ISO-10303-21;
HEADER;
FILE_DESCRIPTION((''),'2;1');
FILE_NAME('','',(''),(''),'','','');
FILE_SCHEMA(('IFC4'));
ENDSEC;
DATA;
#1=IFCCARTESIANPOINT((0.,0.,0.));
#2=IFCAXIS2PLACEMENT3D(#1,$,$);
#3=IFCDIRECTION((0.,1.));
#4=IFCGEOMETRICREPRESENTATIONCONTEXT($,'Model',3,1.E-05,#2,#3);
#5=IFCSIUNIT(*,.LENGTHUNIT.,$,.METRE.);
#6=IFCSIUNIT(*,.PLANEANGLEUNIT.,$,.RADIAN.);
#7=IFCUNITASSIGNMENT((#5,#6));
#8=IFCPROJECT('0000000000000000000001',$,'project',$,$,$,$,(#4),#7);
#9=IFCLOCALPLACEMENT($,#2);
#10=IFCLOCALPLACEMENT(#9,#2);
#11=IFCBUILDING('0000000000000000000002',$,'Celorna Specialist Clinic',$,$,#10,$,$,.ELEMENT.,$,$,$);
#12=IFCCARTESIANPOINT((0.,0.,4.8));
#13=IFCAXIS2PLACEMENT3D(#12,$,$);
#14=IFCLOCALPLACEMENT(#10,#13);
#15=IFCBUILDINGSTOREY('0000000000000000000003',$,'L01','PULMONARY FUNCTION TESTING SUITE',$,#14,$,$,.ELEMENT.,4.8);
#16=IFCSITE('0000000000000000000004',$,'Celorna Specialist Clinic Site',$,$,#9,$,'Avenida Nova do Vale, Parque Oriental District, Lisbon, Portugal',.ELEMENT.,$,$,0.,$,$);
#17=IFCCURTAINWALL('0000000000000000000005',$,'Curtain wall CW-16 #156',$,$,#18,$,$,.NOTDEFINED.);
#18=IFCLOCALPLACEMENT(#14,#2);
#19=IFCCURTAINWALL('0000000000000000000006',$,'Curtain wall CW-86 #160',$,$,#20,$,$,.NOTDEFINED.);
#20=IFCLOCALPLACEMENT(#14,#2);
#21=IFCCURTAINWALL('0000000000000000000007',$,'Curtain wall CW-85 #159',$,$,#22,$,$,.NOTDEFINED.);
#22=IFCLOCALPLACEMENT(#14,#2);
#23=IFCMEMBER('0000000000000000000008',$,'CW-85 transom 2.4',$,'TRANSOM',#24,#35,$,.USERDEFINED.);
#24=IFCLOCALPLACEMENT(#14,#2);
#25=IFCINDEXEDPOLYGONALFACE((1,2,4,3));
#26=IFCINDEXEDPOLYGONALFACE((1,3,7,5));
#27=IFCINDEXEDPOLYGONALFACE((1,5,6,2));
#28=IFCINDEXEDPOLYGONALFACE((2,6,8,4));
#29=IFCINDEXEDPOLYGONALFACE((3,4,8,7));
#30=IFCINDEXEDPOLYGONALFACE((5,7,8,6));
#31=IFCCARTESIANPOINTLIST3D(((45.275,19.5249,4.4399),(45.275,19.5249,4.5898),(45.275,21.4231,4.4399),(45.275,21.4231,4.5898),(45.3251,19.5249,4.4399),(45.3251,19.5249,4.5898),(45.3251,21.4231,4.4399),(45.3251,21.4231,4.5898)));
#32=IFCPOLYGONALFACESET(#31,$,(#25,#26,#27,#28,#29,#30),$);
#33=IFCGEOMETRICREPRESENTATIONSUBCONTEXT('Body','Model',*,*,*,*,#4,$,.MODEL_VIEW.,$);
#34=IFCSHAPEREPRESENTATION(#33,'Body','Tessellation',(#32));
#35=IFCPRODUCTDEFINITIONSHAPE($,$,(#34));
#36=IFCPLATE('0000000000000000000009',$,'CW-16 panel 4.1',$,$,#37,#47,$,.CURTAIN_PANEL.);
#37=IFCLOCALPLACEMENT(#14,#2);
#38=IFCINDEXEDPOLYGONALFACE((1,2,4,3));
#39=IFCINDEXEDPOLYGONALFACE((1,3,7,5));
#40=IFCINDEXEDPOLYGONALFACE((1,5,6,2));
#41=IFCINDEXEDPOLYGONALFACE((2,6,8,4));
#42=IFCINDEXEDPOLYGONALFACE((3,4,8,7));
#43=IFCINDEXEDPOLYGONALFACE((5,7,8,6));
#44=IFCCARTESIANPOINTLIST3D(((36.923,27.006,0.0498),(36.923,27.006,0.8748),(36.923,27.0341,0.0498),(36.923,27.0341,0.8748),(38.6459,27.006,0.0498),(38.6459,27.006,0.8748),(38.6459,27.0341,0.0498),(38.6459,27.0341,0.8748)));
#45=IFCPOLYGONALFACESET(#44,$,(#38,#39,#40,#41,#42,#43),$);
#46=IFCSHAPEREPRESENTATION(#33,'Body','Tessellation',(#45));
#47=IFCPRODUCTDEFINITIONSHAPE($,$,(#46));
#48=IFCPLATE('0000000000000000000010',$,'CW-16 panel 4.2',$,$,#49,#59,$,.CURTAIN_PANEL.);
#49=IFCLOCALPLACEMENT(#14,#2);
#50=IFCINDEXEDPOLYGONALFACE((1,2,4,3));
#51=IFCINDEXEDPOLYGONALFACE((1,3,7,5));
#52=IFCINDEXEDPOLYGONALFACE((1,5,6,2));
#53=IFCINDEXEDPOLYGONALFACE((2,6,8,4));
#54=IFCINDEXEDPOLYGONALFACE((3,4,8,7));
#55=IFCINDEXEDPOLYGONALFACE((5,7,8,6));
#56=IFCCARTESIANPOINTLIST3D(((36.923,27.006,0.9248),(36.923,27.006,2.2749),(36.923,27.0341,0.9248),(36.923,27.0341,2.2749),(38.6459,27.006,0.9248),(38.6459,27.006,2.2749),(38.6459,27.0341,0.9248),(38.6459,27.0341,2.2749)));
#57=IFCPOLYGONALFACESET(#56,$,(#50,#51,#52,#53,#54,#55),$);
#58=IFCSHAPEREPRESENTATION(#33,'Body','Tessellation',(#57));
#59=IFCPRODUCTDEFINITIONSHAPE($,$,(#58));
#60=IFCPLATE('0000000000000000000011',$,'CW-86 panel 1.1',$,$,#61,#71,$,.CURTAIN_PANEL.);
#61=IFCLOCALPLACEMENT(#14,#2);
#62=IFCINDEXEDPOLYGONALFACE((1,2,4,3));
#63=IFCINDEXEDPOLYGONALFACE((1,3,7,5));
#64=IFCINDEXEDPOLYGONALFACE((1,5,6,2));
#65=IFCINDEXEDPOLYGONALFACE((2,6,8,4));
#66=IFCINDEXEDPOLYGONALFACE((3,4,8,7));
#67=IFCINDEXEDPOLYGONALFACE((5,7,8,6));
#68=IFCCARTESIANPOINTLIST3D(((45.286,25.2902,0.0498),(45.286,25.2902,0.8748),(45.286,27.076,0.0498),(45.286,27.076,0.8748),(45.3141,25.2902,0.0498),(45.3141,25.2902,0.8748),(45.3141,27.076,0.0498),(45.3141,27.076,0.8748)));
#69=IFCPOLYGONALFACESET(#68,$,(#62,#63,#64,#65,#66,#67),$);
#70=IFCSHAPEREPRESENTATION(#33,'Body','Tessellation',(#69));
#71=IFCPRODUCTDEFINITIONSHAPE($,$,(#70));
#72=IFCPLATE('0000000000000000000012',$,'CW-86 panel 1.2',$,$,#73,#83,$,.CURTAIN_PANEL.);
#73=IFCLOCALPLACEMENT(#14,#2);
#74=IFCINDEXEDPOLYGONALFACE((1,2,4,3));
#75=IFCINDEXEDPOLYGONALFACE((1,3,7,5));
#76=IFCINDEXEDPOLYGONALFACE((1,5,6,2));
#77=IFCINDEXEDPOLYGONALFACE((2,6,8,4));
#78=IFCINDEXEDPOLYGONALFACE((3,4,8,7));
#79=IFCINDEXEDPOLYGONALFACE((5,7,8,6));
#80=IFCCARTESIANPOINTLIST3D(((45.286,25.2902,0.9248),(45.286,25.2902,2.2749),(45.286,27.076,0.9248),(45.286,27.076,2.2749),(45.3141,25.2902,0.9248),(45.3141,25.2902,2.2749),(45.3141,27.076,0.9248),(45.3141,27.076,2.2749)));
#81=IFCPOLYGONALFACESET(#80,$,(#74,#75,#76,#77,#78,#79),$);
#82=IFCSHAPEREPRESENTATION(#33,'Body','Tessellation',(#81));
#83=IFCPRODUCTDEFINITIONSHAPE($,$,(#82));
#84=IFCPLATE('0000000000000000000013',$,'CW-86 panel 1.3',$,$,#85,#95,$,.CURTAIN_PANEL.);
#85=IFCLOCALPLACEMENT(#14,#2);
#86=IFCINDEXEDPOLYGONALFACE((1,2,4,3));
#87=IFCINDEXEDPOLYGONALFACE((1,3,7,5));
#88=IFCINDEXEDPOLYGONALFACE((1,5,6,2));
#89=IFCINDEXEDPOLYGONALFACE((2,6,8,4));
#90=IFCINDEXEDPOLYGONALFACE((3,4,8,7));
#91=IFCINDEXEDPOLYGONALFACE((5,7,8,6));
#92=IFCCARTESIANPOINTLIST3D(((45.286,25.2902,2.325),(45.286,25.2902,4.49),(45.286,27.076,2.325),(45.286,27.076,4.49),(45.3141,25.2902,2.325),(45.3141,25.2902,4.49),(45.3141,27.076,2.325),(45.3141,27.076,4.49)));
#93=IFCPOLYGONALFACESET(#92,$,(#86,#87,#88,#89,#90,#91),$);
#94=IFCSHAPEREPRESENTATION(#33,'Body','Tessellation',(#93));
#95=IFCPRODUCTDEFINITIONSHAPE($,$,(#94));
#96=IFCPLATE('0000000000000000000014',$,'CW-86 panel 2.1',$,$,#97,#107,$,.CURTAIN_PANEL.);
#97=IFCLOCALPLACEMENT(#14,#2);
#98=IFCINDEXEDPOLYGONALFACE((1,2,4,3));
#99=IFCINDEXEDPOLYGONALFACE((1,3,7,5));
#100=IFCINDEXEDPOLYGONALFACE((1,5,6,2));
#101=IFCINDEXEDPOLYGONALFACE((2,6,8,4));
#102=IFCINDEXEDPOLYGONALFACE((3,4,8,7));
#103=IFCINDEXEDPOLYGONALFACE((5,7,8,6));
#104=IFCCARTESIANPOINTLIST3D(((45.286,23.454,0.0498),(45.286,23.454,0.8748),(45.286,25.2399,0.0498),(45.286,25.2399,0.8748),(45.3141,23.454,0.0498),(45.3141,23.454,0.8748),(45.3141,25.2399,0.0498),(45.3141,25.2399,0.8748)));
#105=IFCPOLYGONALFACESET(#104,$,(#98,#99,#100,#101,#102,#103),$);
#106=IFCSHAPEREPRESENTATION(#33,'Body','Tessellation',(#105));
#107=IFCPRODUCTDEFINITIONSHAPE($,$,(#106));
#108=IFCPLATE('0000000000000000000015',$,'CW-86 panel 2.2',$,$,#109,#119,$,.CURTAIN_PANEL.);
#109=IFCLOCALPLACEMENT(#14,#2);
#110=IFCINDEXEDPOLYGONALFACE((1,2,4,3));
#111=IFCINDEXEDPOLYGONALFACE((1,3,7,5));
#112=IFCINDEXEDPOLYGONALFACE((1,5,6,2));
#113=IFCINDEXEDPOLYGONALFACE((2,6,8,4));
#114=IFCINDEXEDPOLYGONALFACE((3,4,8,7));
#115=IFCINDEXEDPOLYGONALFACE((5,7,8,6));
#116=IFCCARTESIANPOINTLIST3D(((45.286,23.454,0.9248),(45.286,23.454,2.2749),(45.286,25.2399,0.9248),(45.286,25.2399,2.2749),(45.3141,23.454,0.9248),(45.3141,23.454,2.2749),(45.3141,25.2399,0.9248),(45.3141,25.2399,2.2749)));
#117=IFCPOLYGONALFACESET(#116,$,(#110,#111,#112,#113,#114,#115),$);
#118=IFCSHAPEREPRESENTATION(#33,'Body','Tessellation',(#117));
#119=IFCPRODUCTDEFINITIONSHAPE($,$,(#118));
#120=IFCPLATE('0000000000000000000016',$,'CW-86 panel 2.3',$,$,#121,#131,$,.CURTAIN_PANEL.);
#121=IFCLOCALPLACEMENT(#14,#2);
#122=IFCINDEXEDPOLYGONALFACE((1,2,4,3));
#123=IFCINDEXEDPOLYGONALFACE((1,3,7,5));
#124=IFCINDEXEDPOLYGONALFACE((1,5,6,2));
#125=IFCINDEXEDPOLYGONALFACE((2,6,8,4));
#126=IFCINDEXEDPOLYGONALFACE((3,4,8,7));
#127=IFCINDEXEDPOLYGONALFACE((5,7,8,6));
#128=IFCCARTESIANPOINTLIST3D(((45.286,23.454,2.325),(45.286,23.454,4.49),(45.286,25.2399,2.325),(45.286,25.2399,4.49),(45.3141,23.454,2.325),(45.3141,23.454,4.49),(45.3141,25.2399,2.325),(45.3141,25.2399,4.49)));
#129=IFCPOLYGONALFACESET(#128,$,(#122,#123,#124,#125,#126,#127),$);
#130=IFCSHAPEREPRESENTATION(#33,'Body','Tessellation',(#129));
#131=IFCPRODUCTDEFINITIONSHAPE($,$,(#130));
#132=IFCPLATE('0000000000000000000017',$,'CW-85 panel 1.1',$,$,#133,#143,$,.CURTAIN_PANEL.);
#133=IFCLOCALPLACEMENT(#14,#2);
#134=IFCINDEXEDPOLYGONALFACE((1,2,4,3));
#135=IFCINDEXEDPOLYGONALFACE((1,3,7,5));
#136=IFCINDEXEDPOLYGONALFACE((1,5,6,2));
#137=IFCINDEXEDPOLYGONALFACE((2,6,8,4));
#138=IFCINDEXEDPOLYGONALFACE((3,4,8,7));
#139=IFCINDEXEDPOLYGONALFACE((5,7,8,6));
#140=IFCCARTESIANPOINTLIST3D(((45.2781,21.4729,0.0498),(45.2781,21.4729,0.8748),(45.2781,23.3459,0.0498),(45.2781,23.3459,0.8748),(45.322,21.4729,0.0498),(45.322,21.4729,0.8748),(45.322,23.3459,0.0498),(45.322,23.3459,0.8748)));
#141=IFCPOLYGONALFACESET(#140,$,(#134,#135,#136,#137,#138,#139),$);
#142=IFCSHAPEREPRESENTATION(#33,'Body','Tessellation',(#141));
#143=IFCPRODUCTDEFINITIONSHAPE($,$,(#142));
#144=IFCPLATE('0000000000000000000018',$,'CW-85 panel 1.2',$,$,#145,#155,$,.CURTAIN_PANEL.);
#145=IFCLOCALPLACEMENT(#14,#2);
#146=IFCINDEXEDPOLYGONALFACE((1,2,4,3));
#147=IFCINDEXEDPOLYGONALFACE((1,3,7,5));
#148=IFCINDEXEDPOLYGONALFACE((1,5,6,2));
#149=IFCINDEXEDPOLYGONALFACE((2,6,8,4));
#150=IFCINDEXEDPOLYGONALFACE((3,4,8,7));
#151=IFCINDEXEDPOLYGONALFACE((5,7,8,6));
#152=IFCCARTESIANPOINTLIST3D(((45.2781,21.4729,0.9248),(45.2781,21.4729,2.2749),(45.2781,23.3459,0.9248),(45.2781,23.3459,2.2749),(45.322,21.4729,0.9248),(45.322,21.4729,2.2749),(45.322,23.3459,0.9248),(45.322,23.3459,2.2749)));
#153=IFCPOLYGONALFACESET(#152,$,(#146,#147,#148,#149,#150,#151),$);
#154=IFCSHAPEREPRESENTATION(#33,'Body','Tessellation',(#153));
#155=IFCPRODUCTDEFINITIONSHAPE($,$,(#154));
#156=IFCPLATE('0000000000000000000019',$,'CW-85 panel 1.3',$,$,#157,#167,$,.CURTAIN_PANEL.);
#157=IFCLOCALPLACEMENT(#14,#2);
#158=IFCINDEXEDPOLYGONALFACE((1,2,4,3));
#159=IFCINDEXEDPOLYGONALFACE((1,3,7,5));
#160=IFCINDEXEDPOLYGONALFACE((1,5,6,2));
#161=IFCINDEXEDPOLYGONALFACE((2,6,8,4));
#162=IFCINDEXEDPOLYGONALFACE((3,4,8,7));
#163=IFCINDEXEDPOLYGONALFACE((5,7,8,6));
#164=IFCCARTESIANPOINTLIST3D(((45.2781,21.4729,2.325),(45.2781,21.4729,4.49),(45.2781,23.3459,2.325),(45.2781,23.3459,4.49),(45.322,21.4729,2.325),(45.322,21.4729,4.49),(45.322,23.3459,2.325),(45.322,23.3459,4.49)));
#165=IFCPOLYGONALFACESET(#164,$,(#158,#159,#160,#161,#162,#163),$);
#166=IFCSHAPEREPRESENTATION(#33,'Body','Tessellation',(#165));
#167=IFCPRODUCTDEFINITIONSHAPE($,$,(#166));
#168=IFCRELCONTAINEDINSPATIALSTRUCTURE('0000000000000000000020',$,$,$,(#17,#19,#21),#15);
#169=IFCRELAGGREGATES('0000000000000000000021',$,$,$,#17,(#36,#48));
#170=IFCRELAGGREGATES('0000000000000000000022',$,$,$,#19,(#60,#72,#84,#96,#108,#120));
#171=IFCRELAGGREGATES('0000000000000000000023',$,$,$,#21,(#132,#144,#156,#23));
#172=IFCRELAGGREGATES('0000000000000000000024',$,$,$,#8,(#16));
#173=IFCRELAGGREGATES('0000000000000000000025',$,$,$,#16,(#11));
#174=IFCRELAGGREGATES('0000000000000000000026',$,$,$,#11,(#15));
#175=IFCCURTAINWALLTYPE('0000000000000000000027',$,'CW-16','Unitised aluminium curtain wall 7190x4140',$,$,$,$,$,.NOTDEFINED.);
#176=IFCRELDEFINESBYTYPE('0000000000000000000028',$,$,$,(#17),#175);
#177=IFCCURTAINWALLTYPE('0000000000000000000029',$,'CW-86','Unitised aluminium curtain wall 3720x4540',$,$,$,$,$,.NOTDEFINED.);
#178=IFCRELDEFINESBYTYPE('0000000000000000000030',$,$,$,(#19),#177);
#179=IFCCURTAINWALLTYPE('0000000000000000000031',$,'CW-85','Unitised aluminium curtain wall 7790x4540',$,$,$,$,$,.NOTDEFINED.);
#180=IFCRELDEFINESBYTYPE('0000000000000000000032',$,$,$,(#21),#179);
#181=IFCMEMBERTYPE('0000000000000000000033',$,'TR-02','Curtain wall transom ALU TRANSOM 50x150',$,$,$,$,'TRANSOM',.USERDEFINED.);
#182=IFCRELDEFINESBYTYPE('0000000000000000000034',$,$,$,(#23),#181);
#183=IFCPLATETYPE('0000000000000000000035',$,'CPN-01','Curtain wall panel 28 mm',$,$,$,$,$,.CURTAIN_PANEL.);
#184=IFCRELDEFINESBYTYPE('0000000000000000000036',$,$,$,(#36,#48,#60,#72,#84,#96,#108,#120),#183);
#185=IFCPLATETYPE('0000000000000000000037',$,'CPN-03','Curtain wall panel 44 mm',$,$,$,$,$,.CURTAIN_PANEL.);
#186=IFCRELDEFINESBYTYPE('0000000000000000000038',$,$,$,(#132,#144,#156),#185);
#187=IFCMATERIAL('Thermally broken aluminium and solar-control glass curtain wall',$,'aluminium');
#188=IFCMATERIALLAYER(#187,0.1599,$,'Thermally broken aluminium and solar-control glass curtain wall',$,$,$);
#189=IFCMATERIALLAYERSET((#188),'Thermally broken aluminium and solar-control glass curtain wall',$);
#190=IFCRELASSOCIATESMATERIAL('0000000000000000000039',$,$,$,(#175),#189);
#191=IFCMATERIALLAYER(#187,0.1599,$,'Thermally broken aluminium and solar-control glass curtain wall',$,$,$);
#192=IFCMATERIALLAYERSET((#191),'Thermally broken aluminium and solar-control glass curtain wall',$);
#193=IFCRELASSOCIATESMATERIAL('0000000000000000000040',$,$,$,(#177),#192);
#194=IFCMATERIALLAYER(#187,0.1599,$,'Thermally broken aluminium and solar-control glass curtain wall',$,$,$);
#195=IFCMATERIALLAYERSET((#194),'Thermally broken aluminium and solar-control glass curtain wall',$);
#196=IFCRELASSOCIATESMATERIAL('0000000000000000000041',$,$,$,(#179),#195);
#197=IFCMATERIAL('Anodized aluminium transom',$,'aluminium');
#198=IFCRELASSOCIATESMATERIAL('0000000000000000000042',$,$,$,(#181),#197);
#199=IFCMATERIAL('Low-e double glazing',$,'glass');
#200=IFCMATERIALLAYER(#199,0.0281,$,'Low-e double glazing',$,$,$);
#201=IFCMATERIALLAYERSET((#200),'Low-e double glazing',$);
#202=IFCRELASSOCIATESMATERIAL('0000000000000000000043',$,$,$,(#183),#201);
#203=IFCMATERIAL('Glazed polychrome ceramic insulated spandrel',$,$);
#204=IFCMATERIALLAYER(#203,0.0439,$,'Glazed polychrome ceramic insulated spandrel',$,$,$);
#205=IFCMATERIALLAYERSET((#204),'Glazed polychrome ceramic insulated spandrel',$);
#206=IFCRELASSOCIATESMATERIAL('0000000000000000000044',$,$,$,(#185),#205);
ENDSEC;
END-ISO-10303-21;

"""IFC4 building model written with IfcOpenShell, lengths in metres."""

from ifc_helpers import new_model, si_unit, direction, frame, origin, origin_2d, place, context, subcontext, project, spatial, rectangle, extrude, material, layer, layer_set, material_profile, profile_set, type_object, element, aggregate, save


model = new_model("IFC4")

# Units and contexts
model_context = context("Model", 3, precision=1e-05, world=origin(), true_north=direction((0.0, 1.0)))
body_context = subcontext(model_context, "Body", "Model", "MODEL_VIEW")
ifc_project = project(units=[si_unit("LENGTHUNIT", "METRE"), si_unit("PLANEANGLEUNIT", "RADIAN")], contexts=[model_context])

# Site, building, storey
site_placement = place(None, origin())
site = spatial("IfcSite", under=ifc_project, at=site_placement, Name="Celorna Specialist Clinic Site", LongName="Avenida Nova do Vale, Parque Oriental District, Lisbon, Portugal", CompositionType="ELEMENT", RefElevation=0.0)
building_placement = place(site_placement, origin())
building = spatial("IfcBuilding", under=site, at=building_placement, Name="Celorna Specialist Clinic", CompositionType="ELEMENT")
storey_placement = place(building_placement, frame((0.0, 0.0, 4.8)))
storey = spatial("IfcBuildingStorey", under=building, at=storey_placement, Name="L01", Description="PULMONARY FUNCTION TESTING SUITE", CompositionType="ELEMENT", Elevation=4.8)

# Curtain wall
ifc_material_1 = material(Name="Thermally broken aluminium and solar-control glass curtain wall", Category="aluminium")
ifc_layer_1 = layer(ifc_material_1, 0.1599, Name="Thermally broken aluminium and solar-control glass curtain wall")
ifc_layer_set_1 = layer_set([ifc_layer_1], Name="Thermally broken aluminium and solar-control glass curtain wall")
curtain_wall_type_1 = type_object("IfcCurtainWallType", Name="CW-16", Description="Unitised aluminium curtain wall 7190x4140", PredefinedType="NOTDEFINED", material=ifc_layer_set_1)
curtain_wall_1_placement = place(storey_placement, origin())
curtain_wall_1 = element("IfcCurtainWall", 1, at=curtain_wall_1_placement, inside=storey, type_object=curtain_wall_type_1, Name="Curtain wall CW-16 #156", PredefinedType="NOTDEFINED")

# Curtain walls
ifc_layer_2 = layer(ifc_material_1, 0.1599, Name="Thermally broken aluminium and solar-control glass curtain wall")
ifc_layer_set_2 = layer_set([ifc_layer_2], Name="Thermally broken aluminium and solar-control glass curtain wall")
curtain_wall_type_2 = type_object("IfcCurtainWallType", Name="CW-86", Description="Unitised aluminium curtain wall 3720x4540", PredefinedType="NOTDEFINED", material=ifc_layer_set_2)
curtain_wall_2_placement = place(storey_placement, origin())
curtain_wall_2 = element("IfcCurtainWall", 2, at=curtain_wall_2_placement, inside=storey, type_object=curtain_wall_type_2, Name="Curtain wall CW-86 #160", PredefinedType="NOTDEFINED")
ifc_layer_3 = layer(ifc_material_1, 0.1599, Name="Thermally broken aluminium and solar-control glass curtain wall")
ifc_layer_set_3 = layer_set([ifc_layer_3], Name="Thermally broken aluminium and solar-control glass curtain wall")
curtain_wall_type_3 = type_object("IfcCurtainWallType", Name="CW-85", Description="Unitised aluminium curtain wall 7790x4540", PredefinedType="NOTDEFINED", material=ifc_layer_set_3)
curtain_wall_3_placement = place(storey_placement, origin())
curtain_wall_3 = element("IfcCurtainWall", 3, at=curtain_wall_3_placement, inside=storey, type_object=curtain_wall_type_3, Name="Curtain wall CW-85 #159", PredefinedType="NOTDEFINED")

# Member
ifc_material_2 = material(Name="Anodized aluminium transom", Category="aluminium")
ifc_material_profile_1 = material_profile(ifc_material_2, rectangle(XDim=0.05, YDim=0.1499, at=origin_2d()), Name="ALU TRANSOM 50x150")
ifc_profile_set_1 = profile_set([ifc_material_profile_1], Name="Anodized aluminium transom")
member_type_1 = type_object("IfcMemberType", Name="TR-02", Description="Curtain wall transom ALU TRANSOM 50x150", ElementType="TRANSOM", PredefinedType="USERDEFINED", material=ifc_profile_set_1)
member_1_placement = place(storey_placement, frame((45.3, 21.4231, 4.5149), z_axis=(0.0, -1.0, 0.0), x_axis=(1.0, 0.0, 0.0)))
member_1 = element("IfcMember", 4, at=member_1_placement, type_object=member_type_1, Name="CW-85 transom 2.4", ObjectType="TRANSOM", PredefinedType="USERDEFINED", context=body_context, shape_type="SweptSolid", body=[
    extrude(rectangle(XDim=0.05, YDim=0.1499, at=origin_2d()), origin(), (0.0, 0.0, 1.0), 1.8982),
])

# Plates
ifc_material_3 = material(Name="Low-e double glazing", Category="glass")
ifc_layer_4 = layer(ifc_material_3, 0.0281, Name="Low-e double glazing")
ifc_layer_set_4 = layer_set([ifc_layer_4], Name="Low-e double glazing")
plate_type_1 = type_object("IfcPlateType", Name="CPN-01", Description="Curtain wall panel 28 mm", PredefinedType="CURTAIN_PANEL", material=ifc_layer_set_4)
plate_1_placement = place(storey_placement, frame((37.7844, 27.02, 0.0498), z_axis=(0.0, 0.0, 1.0), x_axis=(1.0, 0.0, 0.0)))
plate_1 = element("IfcPlate", 5, at=plate_1_placement, type_object=plate_type_1, Name="CW-16 panel 4.1", PredefinedType="CURTAIN_PANEL", context=body_context, shape_type="SweptSolid", body=[
    extrude(rectangle(XDim=1.7229, YDim=0.0281, at=origin_2d()), origin(), (0.0, 0.0, 1.0), 0.825),
])
plate_2_placement = place(storey_placement, frame((37.7844, 27.02, 0.9248), z_axis=(0.0, 0.0, 1.0), x_axis=(1.0, 0.0, 0.0)))
plate_2 = element("IfcPlate", 6, at=plate_2_placement, type_object=plate_type_1, Name="CW-16 panel 4.2", PredefinedType="CURTAIN_PANEL", context=body_context, shape_type="SweptSolid", body=[
    extrude(rectangle(XDim=1.7229, YDim=0.0281, at=origin_2d()), origin(), (0.0, 0.0, 1.0), 1.3501),
])
aggregate(curtain_wall_1, [plate_1, plate_2])
plate_3_placement = place(storey_placement, frame((45.3, 26.1831, 0.0498), z_axis=(0.0, 0.0, 1.0), x_axis=(0.0, -1.0, 0.0)))
plate_3 = element("IfcPlate", 7, at=plate_3_placement, type_object=plate_type_1, Name="CW-86 panel 1.1", PredefinedType="CURTAIN_PANEL", context=body_context, shape_type="SweptSolid", body=[
    extrude(rectangle(XDim=1.7859, YDim=0.0281, at=origin_2d()), origin(), (0.0, 0.0, 1.0), 0.825),
])
plate_4_placement = place(storey_placement, frame((45.3, 26.1831, 0.9248), z_axis=(0.0, 0.0, 1.0), x_axis=(0.0, -1.0, 0.0)))
plate_4 = element("IfcPlate", 8, at=plate_4_placement, type_object=plate_type_1, Name="CW-86 panel 1.2", PredefinedType="CURTAIN_PANEL", context=body_context, shape_type="SweptSolid", body=[
    extrude(rectangle(XDim=1.7859, YDim=0.0281, at=origin_2d()), origin(), (0.0, 0.0, 1.0), 1.3501),
])
plate_5_placement = place(storey_placement, frame((45.3, 26.1831, 2.325), z_axis=(0.0, 0.0, 1.0), x_axis=(0.0, -1.0, 0.0)))
plate_5 = element("IfcPlate", 9, at=plate_5_placement, type_object=plate_type_1, Name="CW-86 panel 1.3", PredefinedType="CURTAIN_PANEL", context=body_context, shape_type="SweptSolid", body=[
    extrude(rectangle(XDim=1.7859, YDim=0.0281, at=origin_2d()), origin(), (0.0, 0.0, 1.0), 2.165),
])
plate_6_placement = place(storey_placement, frame((45.3, 24.3469, 0.0498), z_axis=(0.0, 0.0, 1.0), x_axis=(0.0, -1.0, 0.0)))
plate_6 = element("IfcPlate", 10, at=plate_6_placement, type_object=plate_type_1, Name="CW-86 panel 2.1", PredefinedType="CURTAIN_PANEL", context=body_context, shape_type="SweptSolid", body=[
    extrude(rectangle(XDim=1.7859, YDim=0.0281, at=origin_2d()), origin(), (0.0, 0.0, 1.0), 0.825),
])
plate_7_placement = place(storey_placement, frame((45.3, 24.3469, 0.9248), z_axis=(0.0, 0.0, 1.0), x_axis=(0.0, -1.0, 0.0)))
plate_7 = element("IfcPlate", 11, at=plate_7_placement, type_object=plate_type_1, Name="CW-86 panel 2.2", PredefinedType="CURTAIN_PANEL", context=body_context, shape_type="SweptSolid", body=[
    extrude(rectangle(XDim=1.7859, YDim=0.0281, at=origin_2d()), origin(), (0.0, 0.0, 1.0), 1.3501),
])
plate_8_placement = place(storey_placement, frame((45.3, 24.3469, 2.325), z_axis=(0.0, 0.0, 1.0), x_axis=(0.0, -1.0, 0.0)))
plate_8 = element("IfcPlate", 12, at=plate_8_placement, type_object=plate_type_1, Name="CW-86 panel 2.3", PredefinedType="CURTAIN_PANEL", context=body_context, shape_type="SweptSolid", body=[
    extrude(rectangle(XDim=1.7859, YDim=0.0281, at=origin_2d()), origin(), (0.0, 0.0, 1.0), 2.165),
])
aggregate(curtain_wall_2, [plate_3, plate_4, plate_5, plate_6, plate_7, plate_8])
ifc_material_4 = material(Name="Glazed polychrome ceramic insulated spandrel")
ifc_layer_5 = layer(ifc_material_4, 0.0439, Name="Glazed polychrome ceramic insulated spandrel")
ifc_layer_set_5 = layer_set([ifc_layer_5], Name="Glazed polychrome ceramic insulated spandrel")
plate_type_2 = type_object("IfcPlateType", Name="CPN-03", Description="Curtain wall panel 44 mm", PredefinedType="CURTAIN_PANEL", material=ifc_layer_set_5)
plate_9_placement = place(storey_placement, frame((45.3, 22.4094, 0.0498), z_axis=(0.0, 0.0, 1.0), x_axis=(0.0, -1.0, 0.0)))
plate_9 = element("IfcPlate", 13, at=plate_9_placement, type_object=plate_type_2, Name="CW-85 panel 1.1", PredefinedType="CURTAIN_PANEL", context=body_context, shape_type="SweptSolid", body=[
    extrude(rectangle(XDim=1.873, YDim=0.0439, at=origin_2d()), origin(), (0.0, 0.0, 1.0), 0.825),
])
plate_10_placement = place(storey_placement, frame((45.3, 22.4094, 0.9248), z_axis=(0.0, 0.0, 1.0), x_axis=(0.0, -1.0, 0.0)))
plate_10 = element("IfcPlate", 14, at=plate_10_placement, type_object=plate_type_2, Name="CW-85 panel 1.2", PredefinedType="CURTAIN_PANEL", context=body_context, shape_type="SweptSolid", body=[
    extrude(rectangle(XDim=1.873, YDim=0.0439, at=origin_2d()), origin(), (0.0, 0.0, 1.0), 1.3501),
])
plate_11_placement = place(storey_placement, frame((45.3, 22.4094, 2.325), z_axis=(0.0, 0.0, 1.0), x_axis=(0.0, -1.0, 0.0)))
plate_11 = element("IfcPlate", 15, at=plate_11_placement, type_object=plate_type_2, Name="CW-85 panel 1.3", PredefinedType="CURTAIN_PANEL", context=body_context, shape_type="SweptSolid", body=[
    extrude(rectangle(XDim=1.873, YDim=0.0439, at=origin_2d()), origin(), (0.0, 0.0, 1.0), 2.165),
])
aggregate(curtain_wall_3, [plate_9, plate_10, plate_11, member_1])

save(model, "model.ifc")
